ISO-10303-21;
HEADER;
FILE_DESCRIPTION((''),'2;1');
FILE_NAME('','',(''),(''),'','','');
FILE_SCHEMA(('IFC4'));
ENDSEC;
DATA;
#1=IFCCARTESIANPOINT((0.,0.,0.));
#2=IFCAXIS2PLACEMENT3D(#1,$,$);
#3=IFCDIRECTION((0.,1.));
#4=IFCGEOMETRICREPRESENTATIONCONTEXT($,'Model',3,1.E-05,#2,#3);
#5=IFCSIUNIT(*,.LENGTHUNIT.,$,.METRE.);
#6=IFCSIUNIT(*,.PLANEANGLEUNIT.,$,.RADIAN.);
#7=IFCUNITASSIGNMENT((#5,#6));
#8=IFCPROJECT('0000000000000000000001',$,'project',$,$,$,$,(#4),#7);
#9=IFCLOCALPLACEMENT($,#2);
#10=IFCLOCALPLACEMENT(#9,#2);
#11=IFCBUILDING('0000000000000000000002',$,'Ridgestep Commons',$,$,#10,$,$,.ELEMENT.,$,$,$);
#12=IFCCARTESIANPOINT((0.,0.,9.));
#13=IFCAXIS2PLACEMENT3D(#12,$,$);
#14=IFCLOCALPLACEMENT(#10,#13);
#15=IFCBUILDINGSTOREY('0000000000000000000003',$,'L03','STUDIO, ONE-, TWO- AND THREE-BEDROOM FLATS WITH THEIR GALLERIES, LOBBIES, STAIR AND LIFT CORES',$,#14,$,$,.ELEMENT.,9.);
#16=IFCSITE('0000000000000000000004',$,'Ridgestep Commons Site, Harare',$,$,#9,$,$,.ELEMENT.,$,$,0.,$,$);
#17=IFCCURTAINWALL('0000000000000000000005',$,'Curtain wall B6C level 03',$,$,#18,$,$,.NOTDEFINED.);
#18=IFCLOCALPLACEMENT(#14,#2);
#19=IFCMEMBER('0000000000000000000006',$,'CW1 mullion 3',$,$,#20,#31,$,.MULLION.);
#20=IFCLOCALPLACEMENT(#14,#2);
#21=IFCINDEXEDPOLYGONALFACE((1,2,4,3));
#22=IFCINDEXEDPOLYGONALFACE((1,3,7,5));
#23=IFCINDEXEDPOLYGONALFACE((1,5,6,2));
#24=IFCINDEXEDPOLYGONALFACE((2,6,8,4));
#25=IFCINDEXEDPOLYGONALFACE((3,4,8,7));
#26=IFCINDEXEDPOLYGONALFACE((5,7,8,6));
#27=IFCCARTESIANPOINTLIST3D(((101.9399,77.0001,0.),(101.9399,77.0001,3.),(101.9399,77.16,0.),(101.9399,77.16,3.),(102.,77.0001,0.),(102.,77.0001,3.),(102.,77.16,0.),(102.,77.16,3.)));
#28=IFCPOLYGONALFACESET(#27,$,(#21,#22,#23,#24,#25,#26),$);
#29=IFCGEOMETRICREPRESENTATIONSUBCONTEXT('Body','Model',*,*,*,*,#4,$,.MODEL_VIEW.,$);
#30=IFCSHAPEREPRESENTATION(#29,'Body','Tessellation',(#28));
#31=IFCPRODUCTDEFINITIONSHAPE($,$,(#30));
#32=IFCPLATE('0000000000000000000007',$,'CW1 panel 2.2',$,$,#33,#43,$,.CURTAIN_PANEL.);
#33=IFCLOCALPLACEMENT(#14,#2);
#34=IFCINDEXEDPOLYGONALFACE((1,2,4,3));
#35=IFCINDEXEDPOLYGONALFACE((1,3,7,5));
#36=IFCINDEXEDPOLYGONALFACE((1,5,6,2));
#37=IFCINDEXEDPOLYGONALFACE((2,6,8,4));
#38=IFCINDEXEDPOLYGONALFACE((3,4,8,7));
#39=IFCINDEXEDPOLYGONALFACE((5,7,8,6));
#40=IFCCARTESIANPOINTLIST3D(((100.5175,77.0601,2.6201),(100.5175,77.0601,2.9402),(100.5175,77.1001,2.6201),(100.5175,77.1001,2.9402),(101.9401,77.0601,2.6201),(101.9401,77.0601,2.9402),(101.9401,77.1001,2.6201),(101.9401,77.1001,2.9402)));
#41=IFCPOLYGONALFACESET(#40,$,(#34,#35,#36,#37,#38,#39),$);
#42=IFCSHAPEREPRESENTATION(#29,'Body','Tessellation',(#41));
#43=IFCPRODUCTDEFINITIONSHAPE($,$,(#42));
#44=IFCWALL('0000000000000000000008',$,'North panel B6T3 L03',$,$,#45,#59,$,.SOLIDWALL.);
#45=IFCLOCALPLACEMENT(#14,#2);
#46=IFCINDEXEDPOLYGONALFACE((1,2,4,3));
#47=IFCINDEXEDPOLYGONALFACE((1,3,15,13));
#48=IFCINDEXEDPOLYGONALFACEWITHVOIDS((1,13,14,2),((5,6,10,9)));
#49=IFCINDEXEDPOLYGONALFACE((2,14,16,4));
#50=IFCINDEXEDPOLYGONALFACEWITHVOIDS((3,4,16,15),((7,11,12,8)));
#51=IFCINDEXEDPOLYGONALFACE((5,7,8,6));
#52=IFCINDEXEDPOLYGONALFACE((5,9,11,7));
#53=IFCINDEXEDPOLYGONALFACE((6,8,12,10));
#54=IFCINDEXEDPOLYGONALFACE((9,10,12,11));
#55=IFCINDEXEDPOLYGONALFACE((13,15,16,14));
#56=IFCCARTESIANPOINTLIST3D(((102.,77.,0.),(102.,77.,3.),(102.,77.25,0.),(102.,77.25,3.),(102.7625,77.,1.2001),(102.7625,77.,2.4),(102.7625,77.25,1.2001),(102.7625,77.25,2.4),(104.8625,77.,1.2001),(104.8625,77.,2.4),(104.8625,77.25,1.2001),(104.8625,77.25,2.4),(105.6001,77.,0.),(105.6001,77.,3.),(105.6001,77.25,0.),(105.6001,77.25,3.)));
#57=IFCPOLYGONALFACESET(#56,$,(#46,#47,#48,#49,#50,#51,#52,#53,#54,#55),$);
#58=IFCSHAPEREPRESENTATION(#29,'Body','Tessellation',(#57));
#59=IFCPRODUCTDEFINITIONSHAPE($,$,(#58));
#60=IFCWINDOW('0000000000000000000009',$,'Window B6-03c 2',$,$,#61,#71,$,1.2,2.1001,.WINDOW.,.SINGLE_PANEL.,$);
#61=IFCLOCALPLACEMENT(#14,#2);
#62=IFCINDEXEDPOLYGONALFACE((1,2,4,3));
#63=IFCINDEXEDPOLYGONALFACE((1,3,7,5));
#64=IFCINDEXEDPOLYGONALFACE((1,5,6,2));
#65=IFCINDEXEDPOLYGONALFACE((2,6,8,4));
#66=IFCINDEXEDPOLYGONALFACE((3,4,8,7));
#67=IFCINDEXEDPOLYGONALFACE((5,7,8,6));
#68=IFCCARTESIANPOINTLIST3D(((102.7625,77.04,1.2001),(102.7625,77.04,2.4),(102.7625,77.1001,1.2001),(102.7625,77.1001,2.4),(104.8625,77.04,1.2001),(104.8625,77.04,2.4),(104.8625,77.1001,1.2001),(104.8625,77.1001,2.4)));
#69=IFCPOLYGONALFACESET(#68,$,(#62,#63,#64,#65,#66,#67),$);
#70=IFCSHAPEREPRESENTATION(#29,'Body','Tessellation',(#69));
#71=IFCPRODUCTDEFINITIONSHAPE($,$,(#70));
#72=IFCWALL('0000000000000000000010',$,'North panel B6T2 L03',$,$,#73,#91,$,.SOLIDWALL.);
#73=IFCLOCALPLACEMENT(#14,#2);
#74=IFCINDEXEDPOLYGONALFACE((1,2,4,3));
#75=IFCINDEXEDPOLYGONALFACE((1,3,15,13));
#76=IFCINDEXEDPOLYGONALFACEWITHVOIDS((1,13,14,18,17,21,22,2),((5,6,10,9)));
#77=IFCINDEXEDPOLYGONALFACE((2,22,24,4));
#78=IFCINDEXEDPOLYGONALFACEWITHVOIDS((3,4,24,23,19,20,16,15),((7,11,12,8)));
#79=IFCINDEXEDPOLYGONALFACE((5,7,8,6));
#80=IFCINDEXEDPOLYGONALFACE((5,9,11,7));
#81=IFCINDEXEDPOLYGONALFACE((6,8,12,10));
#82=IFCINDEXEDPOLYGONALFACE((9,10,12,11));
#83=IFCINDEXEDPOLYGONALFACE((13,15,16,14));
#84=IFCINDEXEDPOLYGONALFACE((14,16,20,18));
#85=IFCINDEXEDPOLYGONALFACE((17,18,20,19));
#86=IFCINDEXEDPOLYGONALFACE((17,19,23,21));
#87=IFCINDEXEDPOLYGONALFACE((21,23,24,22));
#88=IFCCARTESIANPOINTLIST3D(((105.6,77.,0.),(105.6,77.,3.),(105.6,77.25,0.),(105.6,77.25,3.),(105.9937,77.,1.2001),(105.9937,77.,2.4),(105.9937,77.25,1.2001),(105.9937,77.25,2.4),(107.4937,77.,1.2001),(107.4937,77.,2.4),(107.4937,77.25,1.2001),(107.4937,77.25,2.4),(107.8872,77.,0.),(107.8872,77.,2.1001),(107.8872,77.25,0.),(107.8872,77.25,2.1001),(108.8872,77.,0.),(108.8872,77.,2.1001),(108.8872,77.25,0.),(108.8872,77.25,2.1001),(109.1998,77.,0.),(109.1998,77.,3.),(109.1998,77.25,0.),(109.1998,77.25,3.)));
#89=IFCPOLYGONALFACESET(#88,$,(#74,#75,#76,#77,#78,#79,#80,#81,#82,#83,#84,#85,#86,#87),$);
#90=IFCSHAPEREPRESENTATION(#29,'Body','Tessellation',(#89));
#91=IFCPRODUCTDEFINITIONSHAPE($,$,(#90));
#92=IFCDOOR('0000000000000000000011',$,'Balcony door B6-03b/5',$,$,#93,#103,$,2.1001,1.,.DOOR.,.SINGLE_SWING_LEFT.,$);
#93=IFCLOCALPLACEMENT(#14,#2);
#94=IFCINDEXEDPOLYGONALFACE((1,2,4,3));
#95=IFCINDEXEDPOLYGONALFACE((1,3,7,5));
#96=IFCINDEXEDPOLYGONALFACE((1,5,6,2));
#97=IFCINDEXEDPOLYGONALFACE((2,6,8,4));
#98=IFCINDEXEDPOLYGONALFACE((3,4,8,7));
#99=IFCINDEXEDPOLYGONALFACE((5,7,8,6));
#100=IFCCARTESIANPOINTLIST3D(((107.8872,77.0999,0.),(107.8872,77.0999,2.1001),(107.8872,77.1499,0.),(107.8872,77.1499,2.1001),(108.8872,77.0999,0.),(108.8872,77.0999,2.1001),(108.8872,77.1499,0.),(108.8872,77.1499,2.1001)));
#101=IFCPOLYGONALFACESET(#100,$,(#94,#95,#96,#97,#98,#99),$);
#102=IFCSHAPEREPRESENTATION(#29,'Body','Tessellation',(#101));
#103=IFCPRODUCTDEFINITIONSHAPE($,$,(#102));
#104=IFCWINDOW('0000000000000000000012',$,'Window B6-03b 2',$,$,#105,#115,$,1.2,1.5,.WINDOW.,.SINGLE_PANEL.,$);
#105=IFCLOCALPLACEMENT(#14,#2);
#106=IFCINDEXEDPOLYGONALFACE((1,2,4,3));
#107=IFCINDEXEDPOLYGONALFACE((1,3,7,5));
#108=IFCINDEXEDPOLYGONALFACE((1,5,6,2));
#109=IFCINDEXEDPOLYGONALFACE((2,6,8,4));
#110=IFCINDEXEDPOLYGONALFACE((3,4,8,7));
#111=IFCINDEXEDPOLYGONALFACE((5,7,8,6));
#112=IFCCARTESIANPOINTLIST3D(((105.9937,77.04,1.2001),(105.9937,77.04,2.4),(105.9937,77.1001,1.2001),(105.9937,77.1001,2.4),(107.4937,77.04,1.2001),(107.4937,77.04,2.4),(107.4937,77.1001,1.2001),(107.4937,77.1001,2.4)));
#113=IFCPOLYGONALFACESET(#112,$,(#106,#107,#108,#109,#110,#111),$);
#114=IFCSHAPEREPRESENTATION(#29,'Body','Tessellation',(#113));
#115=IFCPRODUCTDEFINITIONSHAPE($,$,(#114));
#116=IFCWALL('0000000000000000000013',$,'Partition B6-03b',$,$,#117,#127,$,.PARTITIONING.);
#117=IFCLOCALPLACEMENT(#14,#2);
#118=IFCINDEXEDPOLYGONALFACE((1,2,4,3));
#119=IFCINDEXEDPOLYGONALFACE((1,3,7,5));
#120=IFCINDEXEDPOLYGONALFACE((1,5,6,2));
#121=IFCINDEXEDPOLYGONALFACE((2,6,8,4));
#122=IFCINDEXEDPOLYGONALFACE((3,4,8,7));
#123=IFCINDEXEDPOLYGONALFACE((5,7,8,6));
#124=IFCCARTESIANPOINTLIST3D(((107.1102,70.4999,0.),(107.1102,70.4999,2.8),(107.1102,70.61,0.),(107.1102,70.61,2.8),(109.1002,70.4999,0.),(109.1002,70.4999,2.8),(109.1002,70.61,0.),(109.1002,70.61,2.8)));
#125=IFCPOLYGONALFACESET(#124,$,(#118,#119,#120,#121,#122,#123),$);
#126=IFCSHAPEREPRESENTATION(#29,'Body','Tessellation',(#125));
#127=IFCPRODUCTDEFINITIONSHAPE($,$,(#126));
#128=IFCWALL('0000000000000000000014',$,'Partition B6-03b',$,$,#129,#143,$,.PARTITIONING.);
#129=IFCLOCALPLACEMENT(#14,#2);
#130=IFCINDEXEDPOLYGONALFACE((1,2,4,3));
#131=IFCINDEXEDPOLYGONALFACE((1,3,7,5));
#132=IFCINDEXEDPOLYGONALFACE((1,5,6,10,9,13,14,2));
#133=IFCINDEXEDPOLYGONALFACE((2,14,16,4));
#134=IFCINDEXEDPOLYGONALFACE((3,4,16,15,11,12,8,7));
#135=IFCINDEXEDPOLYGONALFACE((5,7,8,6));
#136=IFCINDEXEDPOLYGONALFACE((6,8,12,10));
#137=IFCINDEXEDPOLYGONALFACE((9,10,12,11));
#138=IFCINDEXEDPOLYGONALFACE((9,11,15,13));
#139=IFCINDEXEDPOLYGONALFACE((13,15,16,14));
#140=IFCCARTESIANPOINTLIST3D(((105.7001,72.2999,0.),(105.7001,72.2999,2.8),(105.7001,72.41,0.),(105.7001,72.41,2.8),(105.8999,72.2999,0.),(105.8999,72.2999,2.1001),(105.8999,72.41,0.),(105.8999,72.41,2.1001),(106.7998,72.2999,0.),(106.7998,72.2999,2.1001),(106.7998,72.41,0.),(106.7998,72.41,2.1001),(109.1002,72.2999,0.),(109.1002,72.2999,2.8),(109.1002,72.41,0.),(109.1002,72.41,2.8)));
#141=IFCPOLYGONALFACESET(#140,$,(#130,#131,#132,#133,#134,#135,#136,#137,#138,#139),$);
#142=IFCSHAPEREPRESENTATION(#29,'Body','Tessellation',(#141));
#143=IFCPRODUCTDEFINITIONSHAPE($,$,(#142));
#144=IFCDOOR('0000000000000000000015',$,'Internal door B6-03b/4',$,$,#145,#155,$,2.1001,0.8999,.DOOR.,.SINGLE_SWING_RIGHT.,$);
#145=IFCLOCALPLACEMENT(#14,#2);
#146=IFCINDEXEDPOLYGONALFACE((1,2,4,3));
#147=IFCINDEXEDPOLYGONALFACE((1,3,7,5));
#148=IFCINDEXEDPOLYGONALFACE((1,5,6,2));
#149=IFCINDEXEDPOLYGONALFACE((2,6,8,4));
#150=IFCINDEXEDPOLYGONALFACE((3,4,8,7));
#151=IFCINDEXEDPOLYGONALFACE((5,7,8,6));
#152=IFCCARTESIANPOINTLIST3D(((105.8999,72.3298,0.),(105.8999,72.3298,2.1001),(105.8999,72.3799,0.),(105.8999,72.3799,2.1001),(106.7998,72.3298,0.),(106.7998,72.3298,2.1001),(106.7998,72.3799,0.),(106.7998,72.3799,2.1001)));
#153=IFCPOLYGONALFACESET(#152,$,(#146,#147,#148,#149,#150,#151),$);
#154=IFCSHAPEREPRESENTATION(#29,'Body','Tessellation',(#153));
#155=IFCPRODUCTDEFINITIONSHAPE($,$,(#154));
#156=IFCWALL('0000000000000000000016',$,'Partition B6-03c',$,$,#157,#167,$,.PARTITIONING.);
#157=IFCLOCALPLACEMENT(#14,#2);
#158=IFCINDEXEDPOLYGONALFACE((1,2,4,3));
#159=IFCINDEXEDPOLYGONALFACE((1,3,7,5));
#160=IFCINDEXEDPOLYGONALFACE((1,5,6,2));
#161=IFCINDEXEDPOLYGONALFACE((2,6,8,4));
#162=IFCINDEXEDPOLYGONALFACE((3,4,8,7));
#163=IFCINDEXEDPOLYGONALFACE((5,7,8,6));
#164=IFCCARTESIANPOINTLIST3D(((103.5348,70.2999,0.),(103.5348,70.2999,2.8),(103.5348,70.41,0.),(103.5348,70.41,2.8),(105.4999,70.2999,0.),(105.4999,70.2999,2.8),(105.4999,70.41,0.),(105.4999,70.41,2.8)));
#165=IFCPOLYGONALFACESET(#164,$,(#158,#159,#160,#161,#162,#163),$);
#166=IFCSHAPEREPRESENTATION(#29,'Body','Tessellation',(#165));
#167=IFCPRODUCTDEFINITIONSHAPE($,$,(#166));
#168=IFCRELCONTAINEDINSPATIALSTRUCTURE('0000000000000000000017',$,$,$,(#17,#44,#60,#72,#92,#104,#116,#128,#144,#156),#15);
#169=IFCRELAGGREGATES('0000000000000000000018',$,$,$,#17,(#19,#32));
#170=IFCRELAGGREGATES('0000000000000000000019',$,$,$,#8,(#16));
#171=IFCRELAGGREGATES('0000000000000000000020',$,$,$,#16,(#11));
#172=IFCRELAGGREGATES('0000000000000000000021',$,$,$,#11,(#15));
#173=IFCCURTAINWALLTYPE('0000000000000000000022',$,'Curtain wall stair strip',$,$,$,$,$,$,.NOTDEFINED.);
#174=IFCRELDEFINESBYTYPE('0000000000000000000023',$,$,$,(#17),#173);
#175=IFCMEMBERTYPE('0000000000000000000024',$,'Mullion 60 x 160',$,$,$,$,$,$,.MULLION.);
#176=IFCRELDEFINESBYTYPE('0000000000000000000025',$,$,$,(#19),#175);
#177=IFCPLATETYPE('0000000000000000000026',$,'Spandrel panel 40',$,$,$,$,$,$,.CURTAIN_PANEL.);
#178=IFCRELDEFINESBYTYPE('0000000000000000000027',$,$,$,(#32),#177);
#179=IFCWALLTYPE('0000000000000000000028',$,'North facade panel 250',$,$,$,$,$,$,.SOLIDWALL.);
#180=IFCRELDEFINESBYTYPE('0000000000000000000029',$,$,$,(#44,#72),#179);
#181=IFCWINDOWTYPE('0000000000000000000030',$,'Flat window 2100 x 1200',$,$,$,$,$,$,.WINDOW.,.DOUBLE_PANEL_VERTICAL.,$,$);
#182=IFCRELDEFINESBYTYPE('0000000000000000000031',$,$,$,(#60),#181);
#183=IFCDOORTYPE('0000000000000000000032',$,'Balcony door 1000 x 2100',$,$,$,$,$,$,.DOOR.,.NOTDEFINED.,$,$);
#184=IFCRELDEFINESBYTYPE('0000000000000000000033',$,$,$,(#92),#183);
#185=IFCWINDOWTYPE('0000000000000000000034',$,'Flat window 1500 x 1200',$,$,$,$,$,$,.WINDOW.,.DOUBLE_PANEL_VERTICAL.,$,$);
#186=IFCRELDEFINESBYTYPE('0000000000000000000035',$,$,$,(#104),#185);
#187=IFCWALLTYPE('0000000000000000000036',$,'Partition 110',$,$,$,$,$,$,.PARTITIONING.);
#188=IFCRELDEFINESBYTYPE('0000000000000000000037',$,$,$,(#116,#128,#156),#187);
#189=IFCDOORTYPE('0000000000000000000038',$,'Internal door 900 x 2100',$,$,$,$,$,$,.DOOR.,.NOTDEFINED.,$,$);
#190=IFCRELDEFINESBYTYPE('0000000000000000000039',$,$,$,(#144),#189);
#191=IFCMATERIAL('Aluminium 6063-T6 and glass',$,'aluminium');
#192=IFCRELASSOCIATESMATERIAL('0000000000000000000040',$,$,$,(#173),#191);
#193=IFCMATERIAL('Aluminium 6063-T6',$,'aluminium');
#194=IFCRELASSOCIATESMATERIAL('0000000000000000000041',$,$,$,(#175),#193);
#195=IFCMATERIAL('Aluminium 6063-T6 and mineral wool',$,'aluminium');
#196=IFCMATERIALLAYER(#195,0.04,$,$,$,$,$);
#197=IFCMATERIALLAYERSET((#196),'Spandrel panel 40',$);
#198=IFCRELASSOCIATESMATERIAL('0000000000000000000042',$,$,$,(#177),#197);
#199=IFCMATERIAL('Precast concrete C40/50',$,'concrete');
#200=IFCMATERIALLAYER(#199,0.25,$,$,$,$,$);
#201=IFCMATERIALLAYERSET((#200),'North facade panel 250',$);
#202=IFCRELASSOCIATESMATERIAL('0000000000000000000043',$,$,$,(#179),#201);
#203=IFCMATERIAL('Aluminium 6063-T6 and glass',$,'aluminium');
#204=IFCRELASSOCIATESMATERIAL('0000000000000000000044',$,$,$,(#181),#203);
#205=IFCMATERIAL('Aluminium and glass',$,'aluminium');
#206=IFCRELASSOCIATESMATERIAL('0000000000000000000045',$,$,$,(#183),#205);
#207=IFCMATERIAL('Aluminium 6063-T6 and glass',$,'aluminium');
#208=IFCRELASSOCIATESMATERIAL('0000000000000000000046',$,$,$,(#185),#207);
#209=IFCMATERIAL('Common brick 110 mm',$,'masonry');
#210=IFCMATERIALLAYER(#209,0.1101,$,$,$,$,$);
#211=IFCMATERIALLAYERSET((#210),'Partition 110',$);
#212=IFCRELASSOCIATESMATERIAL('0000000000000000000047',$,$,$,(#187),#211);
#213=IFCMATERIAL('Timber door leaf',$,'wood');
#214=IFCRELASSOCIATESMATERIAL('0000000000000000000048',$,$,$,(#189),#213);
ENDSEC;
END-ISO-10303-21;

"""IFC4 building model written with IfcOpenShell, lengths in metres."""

from ifc_helpers import new_model, si_unit, direction, frame, frame_2d, origin, origin_2d, place, context, subcontext, project, spatial, rectangle, extrude, material, layer, layer_set, material_profile, profile_set, type_object, element, fill, aggregate, save


model = new_model("IFC4")

# Units and contexts
model_context = context("Model", 3, precision=1e-05, world=origin(), true_north=direction((0.0, 1.0)))
body_context = subcontext(model_context, "Body", "Model", "MODEL_VIEW")
ifc_project = project(units=[si_unit("LENGTHUNIT", "METRE"), si_unit("PLANEANGLEUNIT", "RADIAN")], contexts=[model_context])

# Site, building, storey
site_placement = place(None, origin())
site = spatial("IfcSite", under=ifc_project, at=site_placement, Name="Ridgestep Commons Site, Harare", CompositionType="ELEMENT", RefElevation=0.0)
building_placement = place(site_placement, origin())
building = spatial("IfcBuilding", under=site, at=building_placement, Name="Ridgestep Commons", CompositionType="ELEMENT")
storey_placement = place(building_placement, frame((0.0, 0.0, 9.0)))
storey = spatial("IfcBuildingStorey", under=building, at=storey_placement, Name="L03", Description="STUDIO, ONE-, TWO- AND THREE-BEDROOM FLATS WITH THEIR GALLERIES, LOBBIES, STAIR AND LIFT CORES", CompositionType="ELEMENT", Elevation=9.0)

# Curtain wall, member, plate
ifc_material_1 = material(Name="Aluminium 6063-T6 and glass", Category="aluminium")
curtain_wall_type = type_object("IfcCurtainWallType", Name="Curtain wall stair strip", PredefinedType="NOTDEFINED", material=ifc_material_1)
curtain_wall_placement = place(storey_placement, origin())
curtain_wall = element("IfcCurtainWall", 1, at=curtain_wall_placement, inside=storey, type_object=curtain_wall_type, Name="Curtain wall B6C level 03", PredefinedType="NOTDEFINED")
ifc_material_2 = material(Name="Aluminium 6063-T6", Category="aluminium")
ifc_material_profile = material_profile(ifc_material_2, rectangle(XDim=0.1599, YDim=0.0601, at=origin_2d()), Name="Mullion 60 x 160")
ifc_profile_set = profile_set([ifc_material_profile], Name="Aluminium 6063-T6")
member_type = type_object("IfcMemberType", Name="Mullion 60 x 160", PredefinedType="MULLION", material=ifc_profile_set)
member_placement = place(storey_placement, frame((101.97, 77.0801, 0.0), z_axis=(0.0, 0.0, 1.0), x_axis=(0.0, 1.0, 0.0)))
member = element("IfcMember", 2, at=member_placement, type_object=member_type, Name="CW1 mullion 3", PredefinedType="MULLION", context=body_context, shape_type="SweptSolid", body=[
    extrude(rectangle(XDim=0.1599, YDim=0.0601, at=origin_2d()), origin(), (0.0, 0.0, 1.0), 3.0),
])
ifc_material_3 = material(Name="Aluminium 6063-T6 and mineral wool", Category="aluminium")
ifc_layer_1 = layer(ifc_material_3, 0.04)
ifc_layer_set_1 = layer_set([ifc_layer_1], Name="Spandrel panel 40")
plate_type = type_object("IfcPlateType", Name="Spandrel panel 40", PredefinedType="CURTAIN_PANEL", material=ifc_layer_set_1)
plate_placement = place(storey_placement, frame((101.2288, 77.0801, 2.6201), z_axis=(0.0, 0.0, 1.0), x_axis=(1.0, 0.0, 0.0)))
plate = element("IfcPlate", 3, at=plate_placement, type_object=plate_type, Name="CW1 panel 2.2", PredefinedType="CURTAIN_PANEL", context=body_context, shape_type="SweptSolid", body=[
    extrude(rectangle(XDim=1.4226, YDim=0.04, at=origin_2d()), origin(), (0.0, 0.0, 1.0), 0.3201),
])
aggregate(curtain_wall, [member, plate])

# Wall, opening, window
ifc_material_4 = material(Name="Precast concrete C40/50", Category="concrete")
ifc_layer_2 = layer(ifc_material_4, 0.25)
ifc_layer_set_2 = layer_set([ifc_layer_2], Name="North facade panel 250")
wall_type_1 = type_object("IfcWallType", Name="North facade panel 250", PredefinedType="SOLIDWALL", material=ifc_layer_set_2)
wall_1_placement = place(storey_placement, frame((102.0, 77.125, 0.0), z_axis=(0.0, 0.0, 1.0), x_axis=(1.0, 0.0, 0.0)))
wall_1 = element("IfcWall", 4, at=wall_1_placement, inside=storey, type_object=wall_type_1, Name="North panel B6T3 L03", PredefinedType="SOLIDWALL", context=body_context, shape_type="SweptSolid", body=[
    extrude(rectangle(XDim=3.6001, YDim=0.25, at=frame_2d((1.8, 0.0))), origin(), (0.0, 0.0, 1.0), 3.0),
])
opening_1_placement = place(wall_1_placement, frame((0.7625, 0.0, 1.2)))
opening_1 = element("IfcOpeningElement", 5, at=opening_1_placement, cuts=wall_1, PredefinedType="OPENING", context=body_context, shape_type="SweptSolid", body=[
    extrude(rectangle(XDim=2.1001, YDim=1.2, at=frame_2d((1.05, 0.6001))), frame((0.0, 0.135, 0.0), z_axis=(0.0, -1.0, 0.0), x_axis=(1.0, 0.0, 0.0)), (0.0, 0.0, 1.0), 0.27),
])
ifc_material_5 = material(Name="Aluminium 6063-T6 and glass", Category="aluminium")
window_type_1 = type_object("IfcWindowType", Name="Flat window 2100 x 1200", PartitioningType="DOUBLE_PANEL_VERTICAL", PredefinedType="WINDOW", material=ifc_material_5)
window_1_placement = place(opening_1_placement, origin())
window_1 = element("IfcWindow", 6, at=window_1_placement, inside=storey, type_object=window_type_1, Name="Window B6-03c 2", OverallHeight=1.2, OverallWidth=2.1001, PartitioningType="SINGLE_PANEL", PredefinedType="WINDOW", context=body_context, shape_type="SweptSolid", body=[
    extrude(rectangle(XDim=2.1001, YDim=1.2, at=frame_2d((1.05, 0.6001))), frame((0.0, -0.0249, 0.0), z_axis=(0.0, -1.0, 0.0), x_axis=(1.0, 0.0, 0.0)), (0.0, 0.0, 1.0), 0.0601),
])
fill(opening_1, window_1)

# Wall, openings, door, window
wall_2_placement = place(storey_placement, frame((105.6001, 77.125, 0.0), z_axis=(0.0, 0.0, 1.0), x_axis=(1.0, 0.0, 0.0)))
wall_2 = element("IfcWall", 7, at=wall_2_placement, inside=storey, type_object=wall_type_1, Name="North panel B6T2 L03", PredefinedType="SOLIDWALL", context=body_context, shape_type="SweptSolid", body=[
    extrude(rectangle(XDim=3.5999, YDim=0.25, at=frame_2d((1.7998, 0.0))), origin(), (0.0, 0.0, 1.0), 3.0),
])
opening_2_placement = place(wall_2_placement, frame((0.3936, 0.0, 1.2)))
opening_2 = element("IfcOpeningElement", 8, at=opening_2_placement, cuts=wall_2, PredefinedType="OPENING", context=body_context, shape_type="SweptSolid", body=[
    extrude(rectangle(XDim=1.5, YDim=1.2, at=frame_2d((0.75, 0.6001))), frame((0.0, 0.135, 0.0), z_axis=(0.0, -1.0, 0.0), x_axis=(1.0, 0.0, 0.0)), (0.0, 0.0, 1.0), 0.27),
])
opening_3_placement = place(wall_2_placement, frame((2.2871, 0.0, 0.0)))
opening_3 = element("IfcOpeningElement", 9, at=opening_3_placement, cuts=wall_2, PredefinedType="OPENING", context=body_context, shape_type="SweptSolid", body=[
    extrude(rectangle(XDim=1.0, YDim=2.1001, at=frame_2d((0.5, 1.05))), frame((0.0, 0.135, 0.0), z_axis=(0.0, -1.0, 0.0), x_axis=(1.0, 0.0, 0.0)), (0.0, 0.0, 1.0), 0.27),
])
ifc_material_6 = material(Name="Aluminium and glass", Category="aluminium")
door_type_1 = type_object("IfcDoorType", Name="Balcony door 1000 x 2100", OperationType="NOTDEFINED", PredefinedType="DOOR", material=ifc_material_6)
door_1_placement = place(opening_3_placement, origin())
door_1 = element("IfcDoor", 10, at=door_1_placement, inside=storey, type_object=door_type_1, Name="Balcony door B6-03b/5", OperationType="SINGLE_SWING_LEFT", OverallHeight=2.1001, OverallWidth=1.0, PredefinedType="DOOR", context=body_context, shape_type="SweptSolid", body=[
    extrude(rectangle(XDim=1.0, YDim=2.1001, at=frame_2d((0.5, 1.05))), frame((0.0, 0.0249, 0.0), z_axis=(0.0, -1.0, 0.0), x_axis=(1.0, 0.0, 0.0)), (0.0, 0.0, 1.0), 0.05),
])
fill(opening_3, door_1)
ifc_material_7 = material(Name="Aluminium 6063-T6 and glass", Category="aluminium")
window_type_2 = type_object("IfcWindowType", Name="Flat window 1500 x 1200", PartitioningType="DOUBLE_PANEL_VERTICAL", PredefinedType="WINDOW", material=ifc_material_7)
window_2_placement = place(opening_2_placement, origin())
window_2 = element("IfcWindow", 11, at=window_2_placement, inside=storey, type_object=window_type_2, Name="Window B6-03b 2", OverallHeight=1.2, OverallWidth=1.5, PartitioningType="SINGLE_PANEL", PredefinedType="WINDOW", context=body_context, shape_type="SweptSolid", body=[
    extrude(rectangle(XDim=1.5, YDim=1.2, at=frame_2d((0.75, 0.6001))), frame((0.0, -0.0249, 0.0), z_axis=(0.0, -1.0, 0.0), x_axis=(1.0, 0.0, 0.0)), (0.0, 0.0, 1.0), 0.0601),
])
fill(opening_2, window_2)

# Wall
ifc_material_8 = material(Name="Common brick 110 mm", Category="masonry")
ifc_layer_3 = layer(ifc_material_8, 0.1101)
ifc_layer_set_3 = layer_set([ifc_layer_3], Name="Partition 110")
wall_type_2 = type_object("IfcWallType", Name="Partition 110", PredefinedType="PARTITIONING", material=ifc_layer_set_3)
wall_3_placement = place(storey_placement, frame((107.1101, 70.5549, 0.0), z_axis=(0.0, 0.0, 1.0), x_axis=(1.0, 0.0, 0.0)))
element("IfcWall", 12, at=wall_3_placement, inside=storey, type_object=wall_type_2, Name="Partition B6-03b", PredefinedType="PARTITIONING", context=body_context, shape_type="SweptSolid", body=[
    extrude(rectangle(XDim=1.99, YDim=0.1101, at=frame_2d((0.9951, 0.0))), origin(), (0.0, 0.0, 1.0), 2.8),
])

# Wall, opening, door
wall_4_placement = place(storey_placement, frame((105.7, 72.355, 0.0), z_axis=(0.0, 0.0, 1.0), x_axis=(1.0, 0.0, 0.0)))
wall_4 = element("IfcWall", 13, at=wall_4_placement, inside=storey, type_object=wall_type_2, Name="Partition B6-03b", PredefinedType="PARTITIONING", context=body_context, shape_type="SweptSolid", body=[
    extrude(rectangle(XDim=3.4001, YDim=0.1101, at=frame_2d((1.7002, 0.0))), origin(), (0.0, 0.0, 1.0), 2.8),
])
opening_4_placement = place(wall_4_placement, frame((0.2, 0.0, 0.0)))
opening_4 = element("IfcOpeningElement", 14, at=opening_4_placement, cuts=wall_4, PredefinedType="OPENING", context=body_context, shape_type="SweptSolid", body=[
    extrude(rectangle(XDim=0.8999, YDim=2.1001, at=frame_2d((0.45, 1.05))), frame((0.0, 0.0649, 0.0), z_axis=(0.0, -1.0, 0.0), x_axis=(1.0, 0.0, 0.0)), (0.0, 0.0, 1.0), 0.1301),
])
ifc_material_9 = material(Name="Timber door leaf", Category="wood")
door_type_2 = type_object("IfcDoorType", Name="Internal door 900 x 2100", OperationType="NOTDEFINED", PredefinedType="DOOR", material=ifc_material_9)
door_2_placement = place(opening_4_placement, origin())
door_2 = element("IfcDoor", 15, at=door_2_placement, inside=storey, type_object=door_type_2, Name="Internal door B6-03b/4", OperationType="SINGLE_SWING_RIGHT", OverallHeight=2.1001, OverallWidth=0.8999, PredefinedType="DOOR", context=body_context, shape_type="SweptSolid", body=[
    extrude(rectangle(XDim=0.8999, YDim=2.1001, at=frame_2d((0.45, 1.05))), frame((0.0, 0.0249, 0.0), z_axis=(0.0, -1.0, 0.0), x_axis=(1.0, 0.0, 0.0)), (0.0, 0.0, 1.0), 0.05),
])
fill(opening_4, door_2)

# Wall
wall_5_placement = place(storey_placement, frame((103.5349, 70.355, 0.0), z_axis=(0.0, 0.0, 1.0), x_axis=(1.0, 0.0, 0.0)))
element("IfcWall", 16, at=wall_5_placement, inside=storey, type_object=wall_type_2, Name="Partition B6-03c", PredefinedType="PARTITIONING", context=body_context, shape_type="SweptSolid", body=[
    extrude(rectangle(XDim=1.9651, YDim=0.1101, at=frame_2d((0.9824, 0.0))), origin(), (0.0, 0.0, 1.0), 2.8),
])

save(model, "model.ifc")
